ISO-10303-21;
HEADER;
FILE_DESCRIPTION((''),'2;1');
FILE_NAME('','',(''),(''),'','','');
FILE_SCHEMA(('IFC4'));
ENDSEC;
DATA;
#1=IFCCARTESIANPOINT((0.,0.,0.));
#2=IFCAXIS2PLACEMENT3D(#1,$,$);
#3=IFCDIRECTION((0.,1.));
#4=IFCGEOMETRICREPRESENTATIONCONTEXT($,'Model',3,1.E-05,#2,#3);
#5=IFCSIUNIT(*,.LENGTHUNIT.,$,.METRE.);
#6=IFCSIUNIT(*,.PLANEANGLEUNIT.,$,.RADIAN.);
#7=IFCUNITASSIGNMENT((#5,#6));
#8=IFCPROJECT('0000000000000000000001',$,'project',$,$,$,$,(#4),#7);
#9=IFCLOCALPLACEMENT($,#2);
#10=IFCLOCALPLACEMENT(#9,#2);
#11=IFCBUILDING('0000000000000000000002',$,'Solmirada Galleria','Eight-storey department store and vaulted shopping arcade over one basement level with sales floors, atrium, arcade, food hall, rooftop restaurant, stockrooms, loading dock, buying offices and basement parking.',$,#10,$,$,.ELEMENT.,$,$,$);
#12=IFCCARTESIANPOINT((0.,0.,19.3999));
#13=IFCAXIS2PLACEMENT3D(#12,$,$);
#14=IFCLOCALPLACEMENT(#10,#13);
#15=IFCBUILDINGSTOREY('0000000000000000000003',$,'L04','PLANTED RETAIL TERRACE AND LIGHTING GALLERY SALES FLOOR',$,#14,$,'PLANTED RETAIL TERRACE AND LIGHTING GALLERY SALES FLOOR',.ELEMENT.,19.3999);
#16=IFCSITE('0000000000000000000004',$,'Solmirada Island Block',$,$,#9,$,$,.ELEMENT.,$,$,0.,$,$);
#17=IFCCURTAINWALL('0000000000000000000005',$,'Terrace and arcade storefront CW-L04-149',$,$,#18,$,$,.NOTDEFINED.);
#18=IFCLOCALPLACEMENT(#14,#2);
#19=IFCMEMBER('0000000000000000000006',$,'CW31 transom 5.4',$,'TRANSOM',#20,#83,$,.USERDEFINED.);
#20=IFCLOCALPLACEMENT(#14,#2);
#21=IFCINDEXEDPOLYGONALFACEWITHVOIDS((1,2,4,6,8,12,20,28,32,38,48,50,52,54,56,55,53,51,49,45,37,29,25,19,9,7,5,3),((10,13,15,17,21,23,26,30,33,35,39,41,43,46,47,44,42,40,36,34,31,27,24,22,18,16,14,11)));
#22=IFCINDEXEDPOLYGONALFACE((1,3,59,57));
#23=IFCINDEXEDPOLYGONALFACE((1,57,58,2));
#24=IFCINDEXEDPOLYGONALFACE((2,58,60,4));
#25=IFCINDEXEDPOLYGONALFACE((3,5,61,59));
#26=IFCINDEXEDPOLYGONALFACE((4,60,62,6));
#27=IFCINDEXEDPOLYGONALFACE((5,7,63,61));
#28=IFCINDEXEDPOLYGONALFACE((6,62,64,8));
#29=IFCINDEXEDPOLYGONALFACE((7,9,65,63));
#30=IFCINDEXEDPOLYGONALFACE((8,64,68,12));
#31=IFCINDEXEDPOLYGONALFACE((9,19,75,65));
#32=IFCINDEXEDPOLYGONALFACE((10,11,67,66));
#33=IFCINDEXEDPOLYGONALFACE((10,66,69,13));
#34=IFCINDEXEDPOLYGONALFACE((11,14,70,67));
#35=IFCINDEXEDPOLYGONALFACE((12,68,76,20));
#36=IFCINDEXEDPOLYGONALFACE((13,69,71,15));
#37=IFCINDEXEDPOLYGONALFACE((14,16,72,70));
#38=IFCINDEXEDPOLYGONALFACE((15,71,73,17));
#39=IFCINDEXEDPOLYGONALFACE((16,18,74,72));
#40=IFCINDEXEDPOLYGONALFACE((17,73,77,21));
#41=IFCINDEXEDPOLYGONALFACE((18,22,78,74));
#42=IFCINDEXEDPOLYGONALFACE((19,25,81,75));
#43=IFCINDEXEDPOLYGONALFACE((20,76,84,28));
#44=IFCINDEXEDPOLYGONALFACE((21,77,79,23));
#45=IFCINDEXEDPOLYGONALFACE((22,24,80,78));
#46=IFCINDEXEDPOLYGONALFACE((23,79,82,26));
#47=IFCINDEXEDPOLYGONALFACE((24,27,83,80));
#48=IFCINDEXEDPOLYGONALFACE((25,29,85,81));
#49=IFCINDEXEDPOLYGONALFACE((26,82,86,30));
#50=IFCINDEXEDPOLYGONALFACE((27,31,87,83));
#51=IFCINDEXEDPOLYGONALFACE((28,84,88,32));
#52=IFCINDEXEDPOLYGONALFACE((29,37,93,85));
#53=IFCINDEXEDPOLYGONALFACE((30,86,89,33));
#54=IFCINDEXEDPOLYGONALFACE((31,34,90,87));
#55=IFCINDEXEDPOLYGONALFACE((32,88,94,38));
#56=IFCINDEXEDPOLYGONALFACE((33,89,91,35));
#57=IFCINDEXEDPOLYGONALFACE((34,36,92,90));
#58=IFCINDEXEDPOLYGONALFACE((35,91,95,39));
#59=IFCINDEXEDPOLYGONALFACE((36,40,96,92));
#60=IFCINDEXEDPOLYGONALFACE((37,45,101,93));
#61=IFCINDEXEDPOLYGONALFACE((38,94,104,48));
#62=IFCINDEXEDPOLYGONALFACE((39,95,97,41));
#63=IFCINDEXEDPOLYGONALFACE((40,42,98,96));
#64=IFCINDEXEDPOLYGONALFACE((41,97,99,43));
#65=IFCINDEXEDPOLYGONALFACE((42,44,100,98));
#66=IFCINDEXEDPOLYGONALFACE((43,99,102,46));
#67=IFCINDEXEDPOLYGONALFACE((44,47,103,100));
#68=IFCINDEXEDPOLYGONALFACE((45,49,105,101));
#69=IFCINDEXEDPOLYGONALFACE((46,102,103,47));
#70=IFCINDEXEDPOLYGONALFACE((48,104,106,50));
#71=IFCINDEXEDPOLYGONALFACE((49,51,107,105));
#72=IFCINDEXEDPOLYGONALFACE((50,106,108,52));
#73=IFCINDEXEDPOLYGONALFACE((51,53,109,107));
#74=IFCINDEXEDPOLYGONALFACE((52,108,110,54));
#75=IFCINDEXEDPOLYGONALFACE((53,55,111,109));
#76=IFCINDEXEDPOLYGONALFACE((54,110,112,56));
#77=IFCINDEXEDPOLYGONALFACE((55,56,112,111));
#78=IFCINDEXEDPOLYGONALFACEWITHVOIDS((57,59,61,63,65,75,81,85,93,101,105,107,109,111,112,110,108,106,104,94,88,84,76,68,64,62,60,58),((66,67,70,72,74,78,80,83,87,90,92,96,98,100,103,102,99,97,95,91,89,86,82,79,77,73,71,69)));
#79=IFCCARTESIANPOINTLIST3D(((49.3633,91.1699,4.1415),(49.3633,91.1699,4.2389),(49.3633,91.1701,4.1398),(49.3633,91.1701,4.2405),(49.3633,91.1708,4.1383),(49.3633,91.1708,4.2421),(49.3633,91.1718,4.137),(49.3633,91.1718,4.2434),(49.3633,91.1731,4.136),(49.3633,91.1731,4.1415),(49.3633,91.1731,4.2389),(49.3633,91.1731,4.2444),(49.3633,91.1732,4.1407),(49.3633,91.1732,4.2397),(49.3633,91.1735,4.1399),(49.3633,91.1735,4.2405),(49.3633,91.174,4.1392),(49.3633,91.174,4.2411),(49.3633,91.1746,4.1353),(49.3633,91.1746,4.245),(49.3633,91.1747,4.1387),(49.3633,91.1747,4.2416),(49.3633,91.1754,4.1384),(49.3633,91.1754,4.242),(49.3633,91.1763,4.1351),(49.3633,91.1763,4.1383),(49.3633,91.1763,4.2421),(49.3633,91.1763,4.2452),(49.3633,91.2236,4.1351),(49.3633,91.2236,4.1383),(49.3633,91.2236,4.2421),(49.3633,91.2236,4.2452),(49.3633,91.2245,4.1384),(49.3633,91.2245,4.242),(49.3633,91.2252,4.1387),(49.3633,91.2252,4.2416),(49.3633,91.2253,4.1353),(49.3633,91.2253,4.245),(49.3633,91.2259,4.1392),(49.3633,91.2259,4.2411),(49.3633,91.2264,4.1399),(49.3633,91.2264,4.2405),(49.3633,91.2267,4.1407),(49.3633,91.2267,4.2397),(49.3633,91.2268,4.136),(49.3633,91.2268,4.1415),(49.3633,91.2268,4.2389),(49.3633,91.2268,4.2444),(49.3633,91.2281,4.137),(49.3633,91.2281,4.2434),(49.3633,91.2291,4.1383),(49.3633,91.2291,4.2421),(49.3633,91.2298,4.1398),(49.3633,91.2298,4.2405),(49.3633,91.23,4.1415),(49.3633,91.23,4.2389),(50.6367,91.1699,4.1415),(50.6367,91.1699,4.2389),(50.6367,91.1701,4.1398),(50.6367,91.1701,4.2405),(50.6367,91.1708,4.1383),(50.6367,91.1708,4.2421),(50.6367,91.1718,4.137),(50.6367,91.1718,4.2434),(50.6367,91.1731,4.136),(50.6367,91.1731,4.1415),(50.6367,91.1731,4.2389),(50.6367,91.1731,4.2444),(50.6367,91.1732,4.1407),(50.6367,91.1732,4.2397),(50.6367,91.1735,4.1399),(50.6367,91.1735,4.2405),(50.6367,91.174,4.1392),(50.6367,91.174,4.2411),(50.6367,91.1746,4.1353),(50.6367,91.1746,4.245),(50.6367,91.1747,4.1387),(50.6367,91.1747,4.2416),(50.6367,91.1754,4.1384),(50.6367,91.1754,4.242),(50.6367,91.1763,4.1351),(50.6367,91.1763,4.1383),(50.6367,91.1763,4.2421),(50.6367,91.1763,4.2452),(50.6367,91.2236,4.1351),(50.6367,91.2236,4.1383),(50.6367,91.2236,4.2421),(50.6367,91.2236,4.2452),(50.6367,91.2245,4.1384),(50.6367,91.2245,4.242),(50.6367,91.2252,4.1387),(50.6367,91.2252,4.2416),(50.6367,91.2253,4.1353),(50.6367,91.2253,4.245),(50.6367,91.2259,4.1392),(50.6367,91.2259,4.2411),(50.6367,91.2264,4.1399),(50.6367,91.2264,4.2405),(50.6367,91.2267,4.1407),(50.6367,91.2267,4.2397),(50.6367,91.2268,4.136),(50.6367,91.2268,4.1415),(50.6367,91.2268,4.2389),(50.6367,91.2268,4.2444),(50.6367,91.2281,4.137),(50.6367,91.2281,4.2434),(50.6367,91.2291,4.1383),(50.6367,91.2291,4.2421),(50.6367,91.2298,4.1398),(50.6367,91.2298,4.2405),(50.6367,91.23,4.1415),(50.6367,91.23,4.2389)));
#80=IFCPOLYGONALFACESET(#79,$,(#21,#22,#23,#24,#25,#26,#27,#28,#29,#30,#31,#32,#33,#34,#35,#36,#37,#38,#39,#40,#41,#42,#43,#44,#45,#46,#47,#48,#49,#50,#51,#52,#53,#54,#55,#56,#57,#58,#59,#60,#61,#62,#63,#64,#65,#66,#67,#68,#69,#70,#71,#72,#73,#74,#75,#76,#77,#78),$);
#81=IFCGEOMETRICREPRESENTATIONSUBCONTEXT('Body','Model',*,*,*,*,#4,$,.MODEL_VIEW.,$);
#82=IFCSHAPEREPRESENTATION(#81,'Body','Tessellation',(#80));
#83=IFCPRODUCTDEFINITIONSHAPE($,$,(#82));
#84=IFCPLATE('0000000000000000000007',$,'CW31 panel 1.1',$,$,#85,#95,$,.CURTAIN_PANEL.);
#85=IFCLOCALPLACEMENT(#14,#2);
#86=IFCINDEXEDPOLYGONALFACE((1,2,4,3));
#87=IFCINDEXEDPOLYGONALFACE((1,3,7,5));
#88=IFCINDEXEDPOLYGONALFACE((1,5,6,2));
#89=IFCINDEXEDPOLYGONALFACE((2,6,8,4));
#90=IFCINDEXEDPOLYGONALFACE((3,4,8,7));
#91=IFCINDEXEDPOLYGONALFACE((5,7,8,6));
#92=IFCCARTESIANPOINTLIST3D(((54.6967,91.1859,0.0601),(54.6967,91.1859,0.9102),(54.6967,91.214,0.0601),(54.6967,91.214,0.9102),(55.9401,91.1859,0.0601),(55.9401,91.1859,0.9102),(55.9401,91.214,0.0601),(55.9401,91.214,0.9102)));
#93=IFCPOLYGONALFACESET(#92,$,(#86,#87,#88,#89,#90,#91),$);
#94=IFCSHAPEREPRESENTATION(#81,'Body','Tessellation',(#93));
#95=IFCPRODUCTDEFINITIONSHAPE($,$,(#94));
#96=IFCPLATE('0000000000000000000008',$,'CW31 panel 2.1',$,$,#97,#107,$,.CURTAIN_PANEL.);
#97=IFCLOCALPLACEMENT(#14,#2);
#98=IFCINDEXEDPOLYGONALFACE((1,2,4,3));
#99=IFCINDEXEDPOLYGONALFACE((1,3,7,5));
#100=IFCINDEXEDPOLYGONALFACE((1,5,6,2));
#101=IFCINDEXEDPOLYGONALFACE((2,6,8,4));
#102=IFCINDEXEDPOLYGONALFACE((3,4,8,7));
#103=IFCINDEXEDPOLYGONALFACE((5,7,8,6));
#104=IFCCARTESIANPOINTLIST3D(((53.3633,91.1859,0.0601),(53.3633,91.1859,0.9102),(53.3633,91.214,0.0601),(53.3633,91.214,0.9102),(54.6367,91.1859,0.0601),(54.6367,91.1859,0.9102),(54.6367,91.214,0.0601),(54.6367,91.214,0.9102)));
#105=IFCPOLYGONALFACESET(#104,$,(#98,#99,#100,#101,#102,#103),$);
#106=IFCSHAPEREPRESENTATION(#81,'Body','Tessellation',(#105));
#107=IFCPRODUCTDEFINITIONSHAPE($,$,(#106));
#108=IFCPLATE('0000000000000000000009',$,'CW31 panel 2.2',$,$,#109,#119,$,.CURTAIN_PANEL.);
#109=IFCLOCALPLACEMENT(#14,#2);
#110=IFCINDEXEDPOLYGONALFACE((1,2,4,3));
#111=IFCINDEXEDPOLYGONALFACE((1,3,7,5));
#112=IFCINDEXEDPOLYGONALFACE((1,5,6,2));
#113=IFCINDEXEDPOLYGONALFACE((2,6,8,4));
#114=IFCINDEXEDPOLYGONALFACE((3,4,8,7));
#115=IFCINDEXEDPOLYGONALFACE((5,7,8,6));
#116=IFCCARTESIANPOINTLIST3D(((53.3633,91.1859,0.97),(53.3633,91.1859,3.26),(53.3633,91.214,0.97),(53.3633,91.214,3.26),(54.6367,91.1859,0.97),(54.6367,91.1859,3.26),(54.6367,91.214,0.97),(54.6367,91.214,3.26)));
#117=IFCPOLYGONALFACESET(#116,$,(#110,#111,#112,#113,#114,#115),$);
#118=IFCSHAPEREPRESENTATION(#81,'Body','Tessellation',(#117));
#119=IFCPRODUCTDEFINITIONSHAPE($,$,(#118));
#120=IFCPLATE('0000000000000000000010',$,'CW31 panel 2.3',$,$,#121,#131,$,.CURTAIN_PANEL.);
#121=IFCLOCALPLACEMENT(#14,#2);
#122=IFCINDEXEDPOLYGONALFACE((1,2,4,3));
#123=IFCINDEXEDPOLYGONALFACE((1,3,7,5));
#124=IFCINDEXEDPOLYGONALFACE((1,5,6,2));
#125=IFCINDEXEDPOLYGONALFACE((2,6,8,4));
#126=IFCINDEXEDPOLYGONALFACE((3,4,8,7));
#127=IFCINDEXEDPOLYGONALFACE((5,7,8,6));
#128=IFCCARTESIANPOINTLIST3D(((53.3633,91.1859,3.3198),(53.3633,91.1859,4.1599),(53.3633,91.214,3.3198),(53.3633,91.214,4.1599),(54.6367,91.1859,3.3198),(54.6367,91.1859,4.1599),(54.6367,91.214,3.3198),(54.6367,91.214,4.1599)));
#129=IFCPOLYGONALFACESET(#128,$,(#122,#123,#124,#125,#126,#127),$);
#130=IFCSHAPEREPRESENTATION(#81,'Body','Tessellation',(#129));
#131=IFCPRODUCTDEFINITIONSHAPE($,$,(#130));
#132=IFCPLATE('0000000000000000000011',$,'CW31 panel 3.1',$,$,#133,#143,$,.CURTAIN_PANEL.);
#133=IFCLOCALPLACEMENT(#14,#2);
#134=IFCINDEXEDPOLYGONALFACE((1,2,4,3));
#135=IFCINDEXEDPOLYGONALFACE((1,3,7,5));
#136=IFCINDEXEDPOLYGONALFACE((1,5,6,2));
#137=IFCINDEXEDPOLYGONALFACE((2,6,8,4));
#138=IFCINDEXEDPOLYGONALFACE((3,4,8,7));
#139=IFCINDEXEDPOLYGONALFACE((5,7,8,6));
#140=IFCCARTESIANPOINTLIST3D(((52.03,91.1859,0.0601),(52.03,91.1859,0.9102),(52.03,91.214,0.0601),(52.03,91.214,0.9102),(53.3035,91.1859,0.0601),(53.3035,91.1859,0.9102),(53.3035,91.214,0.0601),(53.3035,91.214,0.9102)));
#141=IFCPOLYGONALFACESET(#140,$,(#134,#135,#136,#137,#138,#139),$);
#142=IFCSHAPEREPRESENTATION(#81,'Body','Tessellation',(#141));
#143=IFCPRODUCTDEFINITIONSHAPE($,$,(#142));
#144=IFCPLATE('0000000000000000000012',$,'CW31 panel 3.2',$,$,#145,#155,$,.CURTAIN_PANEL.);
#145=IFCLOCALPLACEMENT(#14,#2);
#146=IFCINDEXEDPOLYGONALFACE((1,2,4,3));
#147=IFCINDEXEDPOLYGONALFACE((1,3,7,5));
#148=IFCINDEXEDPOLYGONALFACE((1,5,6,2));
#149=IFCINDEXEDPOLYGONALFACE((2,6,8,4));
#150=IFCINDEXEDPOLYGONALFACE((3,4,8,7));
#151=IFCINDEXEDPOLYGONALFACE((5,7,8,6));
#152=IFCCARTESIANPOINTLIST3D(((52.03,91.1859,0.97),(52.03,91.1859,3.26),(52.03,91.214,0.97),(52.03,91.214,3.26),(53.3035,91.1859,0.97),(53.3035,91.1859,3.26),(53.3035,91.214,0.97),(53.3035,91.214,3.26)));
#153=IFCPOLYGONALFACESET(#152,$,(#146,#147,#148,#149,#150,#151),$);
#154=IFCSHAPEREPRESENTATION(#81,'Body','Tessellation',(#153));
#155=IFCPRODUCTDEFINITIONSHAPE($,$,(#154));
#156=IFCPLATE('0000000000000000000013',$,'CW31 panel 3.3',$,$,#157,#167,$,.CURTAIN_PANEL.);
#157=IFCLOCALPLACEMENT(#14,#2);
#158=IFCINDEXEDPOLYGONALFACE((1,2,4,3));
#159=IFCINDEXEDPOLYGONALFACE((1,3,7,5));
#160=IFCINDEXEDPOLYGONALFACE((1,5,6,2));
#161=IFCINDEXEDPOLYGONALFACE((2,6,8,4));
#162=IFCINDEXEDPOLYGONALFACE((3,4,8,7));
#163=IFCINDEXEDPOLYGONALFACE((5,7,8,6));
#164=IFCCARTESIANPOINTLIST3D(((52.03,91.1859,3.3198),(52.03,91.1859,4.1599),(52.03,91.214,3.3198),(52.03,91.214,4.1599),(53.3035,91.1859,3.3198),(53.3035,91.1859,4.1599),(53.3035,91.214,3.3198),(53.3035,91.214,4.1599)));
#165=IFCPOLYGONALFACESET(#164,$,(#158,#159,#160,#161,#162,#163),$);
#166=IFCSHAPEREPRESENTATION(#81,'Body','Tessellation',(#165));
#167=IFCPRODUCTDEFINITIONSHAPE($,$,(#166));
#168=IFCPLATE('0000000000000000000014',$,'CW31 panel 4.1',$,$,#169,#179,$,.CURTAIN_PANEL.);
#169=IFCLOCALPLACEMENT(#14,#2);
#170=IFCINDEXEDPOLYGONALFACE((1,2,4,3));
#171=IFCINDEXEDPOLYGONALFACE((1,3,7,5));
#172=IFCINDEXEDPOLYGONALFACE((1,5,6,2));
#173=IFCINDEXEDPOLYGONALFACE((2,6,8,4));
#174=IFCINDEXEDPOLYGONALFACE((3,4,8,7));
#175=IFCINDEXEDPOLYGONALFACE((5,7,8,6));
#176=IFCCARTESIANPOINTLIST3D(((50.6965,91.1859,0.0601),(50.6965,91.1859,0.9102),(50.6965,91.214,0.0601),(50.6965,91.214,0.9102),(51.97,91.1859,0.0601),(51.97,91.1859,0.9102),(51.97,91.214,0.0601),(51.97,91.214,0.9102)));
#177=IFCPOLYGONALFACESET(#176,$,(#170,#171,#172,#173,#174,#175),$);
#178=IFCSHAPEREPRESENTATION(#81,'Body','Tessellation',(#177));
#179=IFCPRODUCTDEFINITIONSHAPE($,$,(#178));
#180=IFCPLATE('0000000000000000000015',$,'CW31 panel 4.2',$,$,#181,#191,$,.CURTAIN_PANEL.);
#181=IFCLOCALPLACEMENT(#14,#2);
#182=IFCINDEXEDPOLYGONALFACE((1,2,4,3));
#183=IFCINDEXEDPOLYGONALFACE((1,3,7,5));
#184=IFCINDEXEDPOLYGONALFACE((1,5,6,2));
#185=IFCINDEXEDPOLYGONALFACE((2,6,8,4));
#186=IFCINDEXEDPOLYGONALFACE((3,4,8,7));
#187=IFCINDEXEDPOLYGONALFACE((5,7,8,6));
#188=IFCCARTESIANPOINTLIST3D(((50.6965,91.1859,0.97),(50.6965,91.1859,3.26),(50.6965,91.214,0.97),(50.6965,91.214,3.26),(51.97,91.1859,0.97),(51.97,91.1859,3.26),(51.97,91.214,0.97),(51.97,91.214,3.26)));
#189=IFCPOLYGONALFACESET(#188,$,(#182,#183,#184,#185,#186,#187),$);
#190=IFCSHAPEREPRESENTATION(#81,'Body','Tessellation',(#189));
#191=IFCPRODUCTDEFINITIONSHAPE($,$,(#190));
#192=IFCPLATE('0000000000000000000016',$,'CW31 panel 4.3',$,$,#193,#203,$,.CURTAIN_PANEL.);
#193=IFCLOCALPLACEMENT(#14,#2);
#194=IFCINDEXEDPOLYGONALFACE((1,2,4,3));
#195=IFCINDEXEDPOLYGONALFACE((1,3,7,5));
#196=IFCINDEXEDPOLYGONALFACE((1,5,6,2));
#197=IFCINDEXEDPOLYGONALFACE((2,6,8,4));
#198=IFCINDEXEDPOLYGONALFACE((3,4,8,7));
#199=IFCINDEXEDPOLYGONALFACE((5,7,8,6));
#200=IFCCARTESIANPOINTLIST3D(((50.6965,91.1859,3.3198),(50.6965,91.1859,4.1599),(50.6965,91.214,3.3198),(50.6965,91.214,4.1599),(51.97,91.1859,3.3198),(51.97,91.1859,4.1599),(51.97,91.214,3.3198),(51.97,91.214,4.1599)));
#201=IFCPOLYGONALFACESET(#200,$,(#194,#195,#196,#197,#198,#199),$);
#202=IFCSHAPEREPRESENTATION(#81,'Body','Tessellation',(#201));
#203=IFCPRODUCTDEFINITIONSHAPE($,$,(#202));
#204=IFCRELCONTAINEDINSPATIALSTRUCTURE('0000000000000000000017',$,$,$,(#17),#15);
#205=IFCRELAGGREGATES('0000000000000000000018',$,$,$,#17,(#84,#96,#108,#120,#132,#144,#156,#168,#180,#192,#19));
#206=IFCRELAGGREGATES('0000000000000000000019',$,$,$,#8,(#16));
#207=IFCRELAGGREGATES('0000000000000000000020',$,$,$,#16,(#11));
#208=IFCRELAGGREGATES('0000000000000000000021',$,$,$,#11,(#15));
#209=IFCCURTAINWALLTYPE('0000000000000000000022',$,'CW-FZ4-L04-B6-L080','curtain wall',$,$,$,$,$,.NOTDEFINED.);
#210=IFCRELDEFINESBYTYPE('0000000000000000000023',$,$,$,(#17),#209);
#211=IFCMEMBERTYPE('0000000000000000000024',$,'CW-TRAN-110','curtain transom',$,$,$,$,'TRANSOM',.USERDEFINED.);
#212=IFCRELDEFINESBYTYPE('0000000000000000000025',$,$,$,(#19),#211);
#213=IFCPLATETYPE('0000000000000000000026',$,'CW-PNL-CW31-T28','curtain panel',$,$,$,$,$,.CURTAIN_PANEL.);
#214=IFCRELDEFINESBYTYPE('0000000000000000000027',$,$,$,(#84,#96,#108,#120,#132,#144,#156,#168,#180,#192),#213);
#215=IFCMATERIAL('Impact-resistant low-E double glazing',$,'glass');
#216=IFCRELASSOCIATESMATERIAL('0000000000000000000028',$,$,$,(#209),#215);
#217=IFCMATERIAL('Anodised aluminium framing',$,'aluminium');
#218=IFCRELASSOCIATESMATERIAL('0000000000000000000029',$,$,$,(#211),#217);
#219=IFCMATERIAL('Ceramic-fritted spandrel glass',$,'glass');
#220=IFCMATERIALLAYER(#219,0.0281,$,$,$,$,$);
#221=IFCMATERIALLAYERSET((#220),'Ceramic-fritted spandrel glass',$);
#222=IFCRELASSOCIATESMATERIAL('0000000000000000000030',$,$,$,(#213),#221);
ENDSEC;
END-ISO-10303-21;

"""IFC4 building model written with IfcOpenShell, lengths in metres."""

from ifc_helpers import new_model, si_unit, direction, frame, origin, origin_2d, place, context, subcontext, project, spatial, rectangle, hollow_rectangle, extrude, material, layer, layer_set, material_profile, profile_set, type_object, element, aggregate, save


model = new_model("IFC4")

# Units and contexts
model_context = context("Model", 3, precision=1e-05, world=origin(), true_north=direction((0.0, 1.0)))
body_context = subcontext(model_context, "Body", "Model", "MODEL_VIEW")
ifc_project = project(units=[si_unit("LENGTHUNIT", "METRE"), si_unit("PLANEANGLEUNIT", "RADIAN")], contexts=[model_context])

# Site, building, storey
site_placement = place(None, origin())
site = spatial("IfcSite", under=ifc_project, at=site_placement, Name="Solmirada Island Block", CompositionType="ELEMENT", RefElevation=0.0)
building_placement = place(site_placement, origin())
building = spatial("IfcBuilding", under=site, at=building_placement, Name="Solmirada Galleria", Description="Eight-storey department store and vaulted shopping arcade over one basement level with sales floors, atrium, arcade, food hall, rooftop restaurant, stockrooms, loading dock, buying offices and basement parking.", CompositionType="ELEMENT")
storey_placement = place(building_placement, frame((0.0, 0.0, 19.3999)))
storey = spatial("IfcBuildingStorey", under=building, at=storey_placement, Name="L04", Description="PLANTED RETAIL TERRACE AND LIGHTING GALLERY SALES FLOOR", LongName="PLANTED RETAIL TERRACE AND LIGHTING GALLERY SALES FLOOR", CompositionType="ELEMENT", Elevation=19.3999)

# Curtain wall, member, plates
ifc_material_1 = material(Name="Impact-resistant low-E double glazing", Category="glass")
curtain_wall_type = type_object("IfcCurtainWallType", Name="CW-FZ4-L04-B6-L080", Description="curtain wall", PredefinedType="NOTDEFINED", material=ifc_material_1)
curtain_wall_placement = place(storey_placement, origin())
curtain_wall = element("IfcCurtainWall", 1, at=curtain_wall_placement, inside=storey, type_object=curtain_wall_type, Name="Terrace and arcade storefront CW-L04-149", PredefinedType="NOTDEFINED")
ifc_material_2 = material(Name="Anodised aluminium framing", Category="aluminium")
ifc_material_profile_1 = material_profile(ifc_material_2, hollow_rectangle(XDim=0.0601, YDim=0.1101, WallThickness=0.0032, InnerFilletRadius=0.0032, OuterFilletRadius=0.0063, at=origin_2d()), Name="ALU-TRAN-110X60")
ifc_profile_set_1 = profile_set([ifc_material_profile_1], Name="Anodised aluminium framing")
member_type_1 = type_object("IfcMemberType", Name="CW-TRAN-110", Description="curtain transom", ElementType="TRANSOM", PredefinedType="USERDEFINED", material=ifc_profile_set_1)
member_1_placement = place(storey_placement, frame((50.6367, 91.2, 4.1902), z_axis=(-1.0, 0.0, 0.0), x_axis=(0.0, -1.0, 0.0)))
member_1 = element("IfcMember", 2, at=member_1_placement, type_object=member_type_1, Name="CW31 transom 5.4", ObjectType="TRANSOM", PredefinedType="USERDEFINED", context=body_context, shape_type="SweptSolid", body=[
    extrude(hollow_rectangle(XDim=0.0601, YDim=0.1101, WallThickness=0.0032, InnerFilletRadius=0.0032, OuterFilletRadius=0.0063, at=origin_2d()), origin(), (0.0, 0.0, 1.0), 1.2734),
])
ifc_material_3 = material(Name="Ceramic-fritted spandrel glass", Category="glass")
ifc_layer = layer(ifc_material_3, 0.0281)
ifc_layer_set = layer_set([ifc_layer], Name="Ceramic-fritted spandrel glass")
plate_type = type_object("IfcPlateType", Name="CW-PNL-CW31-T28", Description="curtain panel", PredefinedType="CURTAIN_PANEL", material=ifc_layer_set)
plate_1_placement = place(storey_placement, frame((55.3184, 91.2, 0.0601), z_axis=(0.0, 0.0, 1.0), x_axis=(-1.0, 0.0, 0.0)))
plate_1 = element("IfcPlate", 3, at=plate_1_placement, type_object=plate_type, Name="CW31 panel 1.1", PredefinedType="CURTAIN_PANEL", context=body_context, shape_type="SweptSolid", body=[
    extrude(rectangle(XDim=1.2434, YDim=0.0281, at=origin_2d()), origin(), (0.0, 0.0, 1.0), 0.8501),
])
plate_2_placement = place(storey_placement, frame((54.0, 91.2, 0.0601), z_axis=(0.0, 0.0, 1.0), x_axis=(-1.0, 0.0, 0.0)))
plate_2 = element("IfcPlate", 4, at=plate_2_placement, type_object=plate_type, Name="CW31 panel 2.1", PredefinedType="CURTAIN_PANEL", context=body_context, shape_type="SweptSolid", body=[
    extrude(rectangle(XDim=1.2734, YDim=0.0281, at=origin_2d()), origin(), (0.0, 0.0, 1.0), 0.8501),
])
plate_3_placement = place(storey_placement, frame((54.0, 91.2, 0.97), z_axis=(0.0, 0.0, 1.0), x_axis=(-1.0, 0.0, 0.0)))
plate_3 = element("IfcPlate", 5, at=plate_3_placement, type_object=plate_type, Name="CW31 panel 2.2", PredefinedType="CURTAIN_PANEL", context=body_context, shape_type="SweptSolid", body=[
    extrude(rectangle(XDim=1.2734, YDim=0.0281, at=origin_2d()), origin(), (0.0, 0.0, 1.0), 2.29),
])
plate_4_placement = place(storey_placement, frame((54.0, 91.2, 3.3198), z_axis=(0.0, 0.0, 1.0), x_axis=(-1.0, 0.0, 0.0)))
plate_4 = element("IfcPlate", 6, at=plate_4_placement, type_object=plate_type, Name="CW31 panel 2.3", PredefinedType="CURTAIN_PANEL", context=body_context, shape_type="SweptSolid", body=[
    extrude(rectangle(XDim=1.2734, YDim=0.0281, at=origin_2d()), origin(), (0.0, 0.0, 1.0), 0.8401),
])
plate_5_placement = place(storey_placement, frame((52.6667, 91.2, 0.0601), z_axis=(0.0, 0.0, 1.0), x_axis=(-1.0, 0.0, 0.0)))
plate_5 = element("IfcPlate", 7, at=plate_5_placement, type_object=plate_type, Name="CW31 panel 3.1", PredefinedType="CURTAIN_PANEL", context=body_context, shape_type="SweptSolid", body=[
    extrude(rectangle(XDim=1.2734, YDim=0.0281, at=origin_2d()), origin(), (0.0, 0.0, 1.0), 0.8501),
])
plate_6_placement = place(storey_placement, frame((52.6667, 91.2, 0.97), z_axis=(0.0, 0.0, 1.0), x_axis=(-1.0, 0.0, 0.0)))
plate_6 = element("IfcPlate", 8, at=plate_6_placement, type_object=plate_type, Name="CW31 panel 3.2", PredefinedType="CURTAIN_PANEL", context=body_context, shape_type="SweptSolid", body=[
    extrude(rectangle(XDim=1.2734, YDim=0.0281, at=origin_2d()), origin(), (0.0, 0.0, 1.0), 2.29),
])
plate_7_placement = place(storey_placement, frame((52.6667, 91.2, 3.3198), z_axis=(0.0, 0.0, 1.0), x_axis=(-1.0, 0.0, 0.0)))
plate_7 = element("IfcPlate", 9, at=plate_7_placement, type_object=plate_type, Name="CW31 panel 3.3", PredefinedType="CURTAIN_PANEL", context=body_context, shape_type="SweptSolid", body=[
    extrude(rectangle(XDim=1.2734, YDim=0.0281, at=origin_2d()), origin(), (0.0, 0.0, 1.0), 0.8401),
])
plate_8_placement = place(storey_placement, frame((51.3333, 91.2, 0.0601), z_axis=(0.0, 0.0, 1.0), x_axis=(-1.0, 0.0, 0.0)))
plate_8 = element("IfcPlate", 10, at=plate_8_placement, type_object=plate_type, Name="CW31 panel 4.1", PredefinedType="CURTAIN_PANEL", context=body_context, shape_type="SweptSolid", body=[
    extrude(rectangle(XDim=1.2734, YDim=0.0281, at=origin_2d()), origin(), (0.0, 0.0, 1.0), 0.8501),
])
plate_9_placement = place(storey_placement, frame((51.3333, 91.2, 0.97), z_axis=(0.0, 0.0, 1.0), x_axis=(-1.0, 0.0, 0.0)))
plate_9 = element("IfcPlate", 11, at=plate_9_placement, type_object=plate_type, Name="CW31 panel 4.2", PredefinedType="CURTAIN_PANEL", context=body_context, shape_type="SweptSolid", body=[
    extrude(rectangle(XDim=1.2734, YDim=0.0281, at=origin_2d()), origin(), (0.0, 0.0, 1.0), 2.29),
])
plate_10_placement = place(storey_placement, frame((51.3333, 91.2, 3.3198), z_axis=(0.0, 0.0, 1.0), x_axis=(-1.0, 0.0, 0.0)))
plate_10 = element("IfcPlate", 12, at=plate_10_placement, type_object=plate_type, Name="CW31 panel 4.3", PredefinedType="CURTAIN_PANEL", context=body_context, shape_type="SweptSolid", body=[
    extrude(rectangle(XDim=1.2734, YDim=0.0281, at=origin_2d()), origin(), (0.0, 0.0, 1.0), 0.8401),
])
aggregate(curtain_wall, [plate_1, plate_2, plate_3, plate_4, plate_5, plate_6, plate_7, plate_8, plate_9, plate_10, member_1])

save(model, "model.ifc")
